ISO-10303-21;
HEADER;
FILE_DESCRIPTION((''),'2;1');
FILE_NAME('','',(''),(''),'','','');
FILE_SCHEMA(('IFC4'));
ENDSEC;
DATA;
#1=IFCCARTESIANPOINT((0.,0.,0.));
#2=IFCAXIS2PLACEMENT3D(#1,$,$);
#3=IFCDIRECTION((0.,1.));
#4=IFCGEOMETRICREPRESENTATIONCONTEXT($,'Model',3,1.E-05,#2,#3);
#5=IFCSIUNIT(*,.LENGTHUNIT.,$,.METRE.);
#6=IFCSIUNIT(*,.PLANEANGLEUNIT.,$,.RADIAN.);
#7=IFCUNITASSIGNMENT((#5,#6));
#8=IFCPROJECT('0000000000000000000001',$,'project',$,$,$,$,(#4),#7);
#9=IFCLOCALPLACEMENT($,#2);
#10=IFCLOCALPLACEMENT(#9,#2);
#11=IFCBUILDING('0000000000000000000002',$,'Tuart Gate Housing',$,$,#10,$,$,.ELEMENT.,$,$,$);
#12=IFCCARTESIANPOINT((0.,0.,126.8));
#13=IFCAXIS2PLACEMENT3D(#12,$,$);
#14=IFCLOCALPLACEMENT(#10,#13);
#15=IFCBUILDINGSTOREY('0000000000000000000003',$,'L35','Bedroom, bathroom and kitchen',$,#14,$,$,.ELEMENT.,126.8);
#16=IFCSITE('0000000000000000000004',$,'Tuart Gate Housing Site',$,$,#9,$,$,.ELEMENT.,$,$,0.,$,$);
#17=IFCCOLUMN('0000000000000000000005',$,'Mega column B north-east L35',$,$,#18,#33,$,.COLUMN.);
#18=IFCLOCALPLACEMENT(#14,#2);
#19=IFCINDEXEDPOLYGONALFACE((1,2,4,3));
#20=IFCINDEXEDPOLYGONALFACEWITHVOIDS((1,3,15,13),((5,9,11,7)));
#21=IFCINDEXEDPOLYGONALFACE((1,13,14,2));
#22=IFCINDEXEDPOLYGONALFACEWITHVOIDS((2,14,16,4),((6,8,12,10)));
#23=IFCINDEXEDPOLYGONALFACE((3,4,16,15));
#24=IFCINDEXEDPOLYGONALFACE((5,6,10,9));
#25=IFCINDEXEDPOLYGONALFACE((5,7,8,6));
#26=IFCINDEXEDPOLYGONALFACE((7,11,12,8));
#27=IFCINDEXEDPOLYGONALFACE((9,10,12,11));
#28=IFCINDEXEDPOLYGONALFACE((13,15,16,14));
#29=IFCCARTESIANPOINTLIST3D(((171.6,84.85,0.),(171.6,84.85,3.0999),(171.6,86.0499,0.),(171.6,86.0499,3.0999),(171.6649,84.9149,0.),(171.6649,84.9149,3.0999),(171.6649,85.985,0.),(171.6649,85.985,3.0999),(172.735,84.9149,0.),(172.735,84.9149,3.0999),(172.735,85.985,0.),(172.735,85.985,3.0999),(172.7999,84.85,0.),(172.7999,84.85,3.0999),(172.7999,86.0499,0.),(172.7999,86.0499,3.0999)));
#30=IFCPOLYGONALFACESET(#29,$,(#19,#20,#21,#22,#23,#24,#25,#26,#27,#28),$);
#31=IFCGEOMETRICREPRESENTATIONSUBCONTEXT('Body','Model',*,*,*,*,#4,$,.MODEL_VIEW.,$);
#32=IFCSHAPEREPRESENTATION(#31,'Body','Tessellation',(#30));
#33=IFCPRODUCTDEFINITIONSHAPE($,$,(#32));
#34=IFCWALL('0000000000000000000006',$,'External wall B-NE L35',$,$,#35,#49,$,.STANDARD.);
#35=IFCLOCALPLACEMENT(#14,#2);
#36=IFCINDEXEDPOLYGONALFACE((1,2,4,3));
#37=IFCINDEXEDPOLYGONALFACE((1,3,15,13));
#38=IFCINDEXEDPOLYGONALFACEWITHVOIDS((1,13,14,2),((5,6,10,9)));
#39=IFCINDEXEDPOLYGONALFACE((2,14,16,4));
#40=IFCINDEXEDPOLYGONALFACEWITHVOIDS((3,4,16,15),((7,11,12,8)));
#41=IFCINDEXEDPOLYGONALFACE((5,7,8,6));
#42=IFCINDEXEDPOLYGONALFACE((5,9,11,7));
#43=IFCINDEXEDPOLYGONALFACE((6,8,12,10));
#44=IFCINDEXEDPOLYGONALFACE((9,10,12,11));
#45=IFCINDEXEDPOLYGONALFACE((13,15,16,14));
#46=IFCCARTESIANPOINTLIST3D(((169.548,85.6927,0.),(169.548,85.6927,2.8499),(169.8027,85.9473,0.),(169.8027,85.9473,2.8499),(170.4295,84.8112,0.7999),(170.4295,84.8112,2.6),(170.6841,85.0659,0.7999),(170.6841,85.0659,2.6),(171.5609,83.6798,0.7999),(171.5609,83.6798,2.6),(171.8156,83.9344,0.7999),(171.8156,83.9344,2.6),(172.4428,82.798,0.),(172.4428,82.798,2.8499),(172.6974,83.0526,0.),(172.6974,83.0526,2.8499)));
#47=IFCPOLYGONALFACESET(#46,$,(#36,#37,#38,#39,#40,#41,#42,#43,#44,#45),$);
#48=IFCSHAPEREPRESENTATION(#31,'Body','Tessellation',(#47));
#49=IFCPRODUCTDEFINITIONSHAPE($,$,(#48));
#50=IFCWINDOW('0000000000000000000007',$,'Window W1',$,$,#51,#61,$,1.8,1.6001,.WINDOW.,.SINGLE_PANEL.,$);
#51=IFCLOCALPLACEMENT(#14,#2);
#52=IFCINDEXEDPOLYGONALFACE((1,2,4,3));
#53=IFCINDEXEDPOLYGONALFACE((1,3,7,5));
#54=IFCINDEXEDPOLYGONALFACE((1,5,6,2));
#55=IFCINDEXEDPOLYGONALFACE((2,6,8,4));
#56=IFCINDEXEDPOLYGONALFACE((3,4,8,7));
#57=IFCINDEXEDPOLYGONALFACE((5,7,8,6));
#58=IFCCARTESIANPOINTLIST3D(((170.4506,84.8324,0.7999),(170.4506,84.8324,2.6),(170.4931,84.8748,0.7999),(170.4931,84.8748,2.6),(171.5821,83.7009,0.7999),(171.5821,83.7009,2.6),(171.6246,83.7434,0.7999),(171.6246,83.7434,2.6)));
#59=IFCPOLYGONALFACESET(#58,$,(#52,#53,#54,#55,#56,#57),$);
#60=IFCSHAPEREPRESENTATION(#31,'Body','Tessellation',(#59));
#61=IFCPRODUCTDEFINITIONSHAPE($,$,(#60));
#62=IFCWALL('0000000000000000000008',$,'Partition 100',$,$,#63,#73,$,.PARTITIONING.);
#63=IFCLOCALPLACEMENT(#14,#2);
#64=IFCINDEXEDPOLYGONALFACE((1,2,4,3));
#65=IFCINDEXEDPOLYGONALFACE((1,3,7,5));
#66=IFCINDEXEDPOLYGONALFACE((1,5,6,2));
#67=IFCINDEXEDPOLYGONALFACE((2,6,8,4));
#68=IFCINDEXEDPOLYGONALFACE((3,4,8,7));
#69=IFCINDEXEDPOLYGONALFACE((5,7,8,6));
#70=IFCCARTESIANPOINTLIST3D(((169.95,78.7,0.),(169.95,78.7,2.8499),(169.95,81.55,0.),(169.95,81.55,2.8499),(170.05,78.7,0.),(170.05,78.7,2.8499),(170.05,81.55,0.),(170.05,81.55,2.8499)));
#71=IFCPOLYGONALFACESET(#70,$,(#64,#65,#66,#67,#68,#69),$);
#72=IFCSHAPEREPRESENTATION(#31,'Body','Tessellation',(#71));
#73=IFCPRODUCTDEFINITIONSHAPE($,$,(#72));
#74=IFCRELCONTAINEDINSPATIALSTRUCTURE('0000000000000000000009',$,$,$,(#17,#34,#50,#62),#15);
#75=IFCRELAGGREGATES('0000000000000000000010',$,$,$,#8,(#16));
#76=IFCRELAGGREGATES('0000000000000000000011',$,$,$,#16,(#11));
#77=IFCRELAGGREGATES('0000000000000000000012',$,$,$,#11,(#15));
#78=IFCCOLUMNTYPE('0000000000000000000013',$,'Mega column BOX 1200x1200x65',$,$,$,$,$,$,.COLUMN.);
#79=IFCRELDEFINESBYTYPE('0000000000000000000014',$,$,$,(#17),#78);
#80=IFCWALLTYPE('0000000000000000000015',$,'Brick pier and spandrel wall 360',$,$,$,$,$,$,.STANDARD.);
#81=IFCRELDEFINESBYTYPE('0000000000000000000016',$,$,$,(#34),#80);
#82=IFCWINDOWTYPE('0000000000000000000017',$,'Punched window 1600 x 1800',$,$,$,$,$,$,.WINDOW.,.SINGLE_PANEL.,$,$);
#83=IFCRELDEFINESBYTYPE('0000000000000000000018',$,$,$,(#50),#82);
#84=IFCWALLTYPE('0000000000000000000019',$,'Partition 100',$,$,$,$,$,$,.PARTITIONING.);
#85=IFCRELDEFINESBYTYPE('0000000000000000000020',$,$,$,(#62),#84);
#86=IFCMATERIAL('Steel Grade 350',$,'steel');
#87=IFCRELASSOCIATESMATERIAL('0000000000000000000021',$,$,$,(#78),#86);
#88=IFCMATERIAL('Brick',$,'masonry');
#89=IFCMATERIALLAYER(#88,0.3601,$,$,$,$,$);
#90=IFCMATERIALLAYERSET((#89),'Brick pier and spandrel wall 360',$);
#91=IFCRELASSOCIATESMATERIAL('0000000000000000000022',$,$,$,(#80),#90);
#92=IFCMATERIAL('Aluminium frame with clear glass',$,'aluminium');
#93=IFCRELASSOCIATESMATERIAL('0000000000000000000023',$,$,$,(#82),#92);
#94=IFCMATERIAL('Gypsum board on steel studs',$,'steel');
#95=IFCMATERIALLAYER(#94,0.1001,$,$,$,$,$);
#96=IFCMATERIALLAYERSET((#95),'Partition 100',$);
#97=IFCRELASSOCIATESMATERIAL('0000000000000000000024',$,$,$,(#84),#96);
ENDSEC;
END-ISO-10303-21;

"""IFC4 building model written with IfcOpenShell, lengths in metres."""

from ifc_helpers import new_model, si_unit, direction, frame, frame_2d, origin, origin_2d, place, context, subcontext, project, spatial, rectangle, hollow_rectangle, extrude, material, layer, layer_set, material_profile, profile_set, type_object, element, fill, save


model = new_model("IFC4")

# Units and contexts
model_context = context("Model", 3, precision=1e-05, world=origin(), true_north=direction((0.0, 1.0)))
body_context = subcontext(model_context, "Body", "Model", "MODEL_VIEW")
ifc_project = project(units=[si_unit("LENGTHUNIT", "METRE"), si_unit("PLANEANGLEUNIT", "RADIAN")], contexts=[model_context])

# Site, building, storey
site_placement = place(None, origin())
site = spatial("IfcSite", under=ifc_project, at=site_placement, Name="Tuart Gate Housing Site", CompositionType="ELEMENT", RefElevation=0.0)
building_placement = place(site_placement, origin())
building = spatial("IfcBuilding", under=site, at=building_placement, Name="Tuart Gate Housing", CompositionType="ELEMENT")
storey_placement = place(building_placement, frame((0.0, 0.0, 126.8)))
storey = spatial("IfcBuildingStorey", under=building, at=storey_placement, Name="L35", Description="Bedroom, bathroom and kitchen", CompositionType="ELEMENT", Elevation=126.8)

# Column
ifc_material_1 = material(Name="Steel Grade 350", Category="steel")
ifc_material_profile = material_profile(ifc_material_1, hollow_rectangle(XDim=1.2, YDim=1.2, WallThickness=0.0649, at=origin_2d()), Name="BOX 1200x1200x65")
ifc_profile_set = profile_set([ifc_material_profile], Name="Steel Grade 350")
column_type = type_object("IfcColumnType", Name="Mega column BOX 1200x1200x65", PredefinedType="COLUMN", material=ifc_profile_set)
column_placement = place(storey_placement, frame((172.2, 85.45, 0.0), z_axis=(0.0, 0.0, 1.0), x_axis=(1.0, 0.0, 0.0)))
element("IfcColumn", 1, at=column_placement, inside=storey, type_object=column_type, Name="Mega column B north-east L35", PredefinedType="COLUMN", context=body_context, shape_type="SweptSolid", body=[
    extrude(hollow_rectangle(XDim=1.2, YDim=1.2, WallThickness=0.0649, at=origin_2d()), origin(), (0.0, 0.0, 1.0), 3.0999),
])

# Wall, opening, window
ifc_material_2 = material(Name="Brick", Category="masonry")
ifc_layer_1 = layer(ifc_material_2, 0.3601)
ifc_layer_set_1 = layer_set([ifc_layer_1], Name="Brick pier and spandrel wall 360")
wall_type_1 = type_object("IfcWallType", Name="Brick pier and spandrel wall 360", PredefinedType="STANDARD", material=ifc_layer_set_1)
wall_1_placement = place(storey_placement, frame((172.5701, 82.9253, 0.0), z_axis=(0.0, 0.0, 1.0), x_axis=(-0.707107, 0.707107, 0.0)))
wall_1 = element("IfcWall", 2, at=wall_1_placement, inside=storey, type_object=wall_type_1, Name="External wall B-NE L35", PredefinedType="STANDARD", context=body_context, shape_type="SweptSolid", body=[
    extrude(rectangle(XDim=4.0938, YDim=0.3601, at=frame_2d((2.0469, 0.0))), origin(), (0.0, 0.0, 1.0), 2.8499),
])
opening_1_placement = place(wall_1_placement, frame((1.2471, 0.0, 0.8)))
opening_1 = element("IfcOpeningElement", 3, at=opening_1_placement, cuts=wall_1, PredefinedType="OPENING", context=body_context, shape_type="SweptSolid", body=[
    extrude(rectangle(XDim=1.6001, YDim=1.8, at=frame_2d((0.8, 0.8999))), frame((0.0, 0.1899, 0.0), z_axis=(0.0, -1.0, 0.0), x_axis=(1.0, 0.0, 0.0)), (0.0, 0.0, 1.0), 0.3801),
])
ifc_material_3 = material(Name="Aluminium frame with clear glass", Category="aluminium")
window_type_1 = type_object("IfcWindowType", Name="Punched window 1600 x 1800", PartitioningType="SINGLE_PANEL", PredefinedType="WINDOW", material=ifc_material_3)
window_1_placement = place(opening_1_placement, origin())
window_1 = element("IfcWindow", 4, at=window_1_placement, inside=storey, type_object=window_type_1, Name="Window W1", OverallHeight=1.8, OverallWidth=1.6001, PartitioningType="SINGLE_PANEL", PredefinedType="WINDOW", context=body_context, shape_type="SweptSolid", body=[
    extrude(rectangle(XDim=1.6001, YDim=1.8, at=frame_2d((0.8, 0.8999))), frame((0.0, 0.1501, 0.0), z_axis=(0.0, -1.0, 0.0), x_axis=(1.0, 0.0, 0.0)), (0.0, 0.0, 1.0), 0.0601),
])
fill(opening_1, window_1)

# Wall
ifc_material_4 = material(Name="Gypsum board on steel studs", Category="steel")
ifc_layer_2 = layer(ifc_material_4, 0.1001)
ifc_layer_set_2 = layer_set([ifc_layer_2], Name="Partition 100")
wall_type_2 = type_object("IfcWallType", Name="Partition 100", PredefinedType="PARTITIONING", material=ifc_layer_set_2)
wall_2_placement = place(storey_placement, frame((170.0, 78.7, 0.0), z_axis=(0.0, 0.0, 1.0), x_axis=(0.0, 1.0, 0.0)))
element("IfcWall", 5, at=wall_2_placement, inside=storey, type_object=wall_type_2, Name="Partition 100", PredefinedType="PARTITIONING", context=body_context, shape_type="SweptSolid", body=[
    extrude(rectangle(XDim=2.8501, YDim=0.1001, at=frame_2d((1.425, 0.0))), origin(), (0.0, 0.0, 1.0), 2.8499),
])

save(model, "model.ifc")
